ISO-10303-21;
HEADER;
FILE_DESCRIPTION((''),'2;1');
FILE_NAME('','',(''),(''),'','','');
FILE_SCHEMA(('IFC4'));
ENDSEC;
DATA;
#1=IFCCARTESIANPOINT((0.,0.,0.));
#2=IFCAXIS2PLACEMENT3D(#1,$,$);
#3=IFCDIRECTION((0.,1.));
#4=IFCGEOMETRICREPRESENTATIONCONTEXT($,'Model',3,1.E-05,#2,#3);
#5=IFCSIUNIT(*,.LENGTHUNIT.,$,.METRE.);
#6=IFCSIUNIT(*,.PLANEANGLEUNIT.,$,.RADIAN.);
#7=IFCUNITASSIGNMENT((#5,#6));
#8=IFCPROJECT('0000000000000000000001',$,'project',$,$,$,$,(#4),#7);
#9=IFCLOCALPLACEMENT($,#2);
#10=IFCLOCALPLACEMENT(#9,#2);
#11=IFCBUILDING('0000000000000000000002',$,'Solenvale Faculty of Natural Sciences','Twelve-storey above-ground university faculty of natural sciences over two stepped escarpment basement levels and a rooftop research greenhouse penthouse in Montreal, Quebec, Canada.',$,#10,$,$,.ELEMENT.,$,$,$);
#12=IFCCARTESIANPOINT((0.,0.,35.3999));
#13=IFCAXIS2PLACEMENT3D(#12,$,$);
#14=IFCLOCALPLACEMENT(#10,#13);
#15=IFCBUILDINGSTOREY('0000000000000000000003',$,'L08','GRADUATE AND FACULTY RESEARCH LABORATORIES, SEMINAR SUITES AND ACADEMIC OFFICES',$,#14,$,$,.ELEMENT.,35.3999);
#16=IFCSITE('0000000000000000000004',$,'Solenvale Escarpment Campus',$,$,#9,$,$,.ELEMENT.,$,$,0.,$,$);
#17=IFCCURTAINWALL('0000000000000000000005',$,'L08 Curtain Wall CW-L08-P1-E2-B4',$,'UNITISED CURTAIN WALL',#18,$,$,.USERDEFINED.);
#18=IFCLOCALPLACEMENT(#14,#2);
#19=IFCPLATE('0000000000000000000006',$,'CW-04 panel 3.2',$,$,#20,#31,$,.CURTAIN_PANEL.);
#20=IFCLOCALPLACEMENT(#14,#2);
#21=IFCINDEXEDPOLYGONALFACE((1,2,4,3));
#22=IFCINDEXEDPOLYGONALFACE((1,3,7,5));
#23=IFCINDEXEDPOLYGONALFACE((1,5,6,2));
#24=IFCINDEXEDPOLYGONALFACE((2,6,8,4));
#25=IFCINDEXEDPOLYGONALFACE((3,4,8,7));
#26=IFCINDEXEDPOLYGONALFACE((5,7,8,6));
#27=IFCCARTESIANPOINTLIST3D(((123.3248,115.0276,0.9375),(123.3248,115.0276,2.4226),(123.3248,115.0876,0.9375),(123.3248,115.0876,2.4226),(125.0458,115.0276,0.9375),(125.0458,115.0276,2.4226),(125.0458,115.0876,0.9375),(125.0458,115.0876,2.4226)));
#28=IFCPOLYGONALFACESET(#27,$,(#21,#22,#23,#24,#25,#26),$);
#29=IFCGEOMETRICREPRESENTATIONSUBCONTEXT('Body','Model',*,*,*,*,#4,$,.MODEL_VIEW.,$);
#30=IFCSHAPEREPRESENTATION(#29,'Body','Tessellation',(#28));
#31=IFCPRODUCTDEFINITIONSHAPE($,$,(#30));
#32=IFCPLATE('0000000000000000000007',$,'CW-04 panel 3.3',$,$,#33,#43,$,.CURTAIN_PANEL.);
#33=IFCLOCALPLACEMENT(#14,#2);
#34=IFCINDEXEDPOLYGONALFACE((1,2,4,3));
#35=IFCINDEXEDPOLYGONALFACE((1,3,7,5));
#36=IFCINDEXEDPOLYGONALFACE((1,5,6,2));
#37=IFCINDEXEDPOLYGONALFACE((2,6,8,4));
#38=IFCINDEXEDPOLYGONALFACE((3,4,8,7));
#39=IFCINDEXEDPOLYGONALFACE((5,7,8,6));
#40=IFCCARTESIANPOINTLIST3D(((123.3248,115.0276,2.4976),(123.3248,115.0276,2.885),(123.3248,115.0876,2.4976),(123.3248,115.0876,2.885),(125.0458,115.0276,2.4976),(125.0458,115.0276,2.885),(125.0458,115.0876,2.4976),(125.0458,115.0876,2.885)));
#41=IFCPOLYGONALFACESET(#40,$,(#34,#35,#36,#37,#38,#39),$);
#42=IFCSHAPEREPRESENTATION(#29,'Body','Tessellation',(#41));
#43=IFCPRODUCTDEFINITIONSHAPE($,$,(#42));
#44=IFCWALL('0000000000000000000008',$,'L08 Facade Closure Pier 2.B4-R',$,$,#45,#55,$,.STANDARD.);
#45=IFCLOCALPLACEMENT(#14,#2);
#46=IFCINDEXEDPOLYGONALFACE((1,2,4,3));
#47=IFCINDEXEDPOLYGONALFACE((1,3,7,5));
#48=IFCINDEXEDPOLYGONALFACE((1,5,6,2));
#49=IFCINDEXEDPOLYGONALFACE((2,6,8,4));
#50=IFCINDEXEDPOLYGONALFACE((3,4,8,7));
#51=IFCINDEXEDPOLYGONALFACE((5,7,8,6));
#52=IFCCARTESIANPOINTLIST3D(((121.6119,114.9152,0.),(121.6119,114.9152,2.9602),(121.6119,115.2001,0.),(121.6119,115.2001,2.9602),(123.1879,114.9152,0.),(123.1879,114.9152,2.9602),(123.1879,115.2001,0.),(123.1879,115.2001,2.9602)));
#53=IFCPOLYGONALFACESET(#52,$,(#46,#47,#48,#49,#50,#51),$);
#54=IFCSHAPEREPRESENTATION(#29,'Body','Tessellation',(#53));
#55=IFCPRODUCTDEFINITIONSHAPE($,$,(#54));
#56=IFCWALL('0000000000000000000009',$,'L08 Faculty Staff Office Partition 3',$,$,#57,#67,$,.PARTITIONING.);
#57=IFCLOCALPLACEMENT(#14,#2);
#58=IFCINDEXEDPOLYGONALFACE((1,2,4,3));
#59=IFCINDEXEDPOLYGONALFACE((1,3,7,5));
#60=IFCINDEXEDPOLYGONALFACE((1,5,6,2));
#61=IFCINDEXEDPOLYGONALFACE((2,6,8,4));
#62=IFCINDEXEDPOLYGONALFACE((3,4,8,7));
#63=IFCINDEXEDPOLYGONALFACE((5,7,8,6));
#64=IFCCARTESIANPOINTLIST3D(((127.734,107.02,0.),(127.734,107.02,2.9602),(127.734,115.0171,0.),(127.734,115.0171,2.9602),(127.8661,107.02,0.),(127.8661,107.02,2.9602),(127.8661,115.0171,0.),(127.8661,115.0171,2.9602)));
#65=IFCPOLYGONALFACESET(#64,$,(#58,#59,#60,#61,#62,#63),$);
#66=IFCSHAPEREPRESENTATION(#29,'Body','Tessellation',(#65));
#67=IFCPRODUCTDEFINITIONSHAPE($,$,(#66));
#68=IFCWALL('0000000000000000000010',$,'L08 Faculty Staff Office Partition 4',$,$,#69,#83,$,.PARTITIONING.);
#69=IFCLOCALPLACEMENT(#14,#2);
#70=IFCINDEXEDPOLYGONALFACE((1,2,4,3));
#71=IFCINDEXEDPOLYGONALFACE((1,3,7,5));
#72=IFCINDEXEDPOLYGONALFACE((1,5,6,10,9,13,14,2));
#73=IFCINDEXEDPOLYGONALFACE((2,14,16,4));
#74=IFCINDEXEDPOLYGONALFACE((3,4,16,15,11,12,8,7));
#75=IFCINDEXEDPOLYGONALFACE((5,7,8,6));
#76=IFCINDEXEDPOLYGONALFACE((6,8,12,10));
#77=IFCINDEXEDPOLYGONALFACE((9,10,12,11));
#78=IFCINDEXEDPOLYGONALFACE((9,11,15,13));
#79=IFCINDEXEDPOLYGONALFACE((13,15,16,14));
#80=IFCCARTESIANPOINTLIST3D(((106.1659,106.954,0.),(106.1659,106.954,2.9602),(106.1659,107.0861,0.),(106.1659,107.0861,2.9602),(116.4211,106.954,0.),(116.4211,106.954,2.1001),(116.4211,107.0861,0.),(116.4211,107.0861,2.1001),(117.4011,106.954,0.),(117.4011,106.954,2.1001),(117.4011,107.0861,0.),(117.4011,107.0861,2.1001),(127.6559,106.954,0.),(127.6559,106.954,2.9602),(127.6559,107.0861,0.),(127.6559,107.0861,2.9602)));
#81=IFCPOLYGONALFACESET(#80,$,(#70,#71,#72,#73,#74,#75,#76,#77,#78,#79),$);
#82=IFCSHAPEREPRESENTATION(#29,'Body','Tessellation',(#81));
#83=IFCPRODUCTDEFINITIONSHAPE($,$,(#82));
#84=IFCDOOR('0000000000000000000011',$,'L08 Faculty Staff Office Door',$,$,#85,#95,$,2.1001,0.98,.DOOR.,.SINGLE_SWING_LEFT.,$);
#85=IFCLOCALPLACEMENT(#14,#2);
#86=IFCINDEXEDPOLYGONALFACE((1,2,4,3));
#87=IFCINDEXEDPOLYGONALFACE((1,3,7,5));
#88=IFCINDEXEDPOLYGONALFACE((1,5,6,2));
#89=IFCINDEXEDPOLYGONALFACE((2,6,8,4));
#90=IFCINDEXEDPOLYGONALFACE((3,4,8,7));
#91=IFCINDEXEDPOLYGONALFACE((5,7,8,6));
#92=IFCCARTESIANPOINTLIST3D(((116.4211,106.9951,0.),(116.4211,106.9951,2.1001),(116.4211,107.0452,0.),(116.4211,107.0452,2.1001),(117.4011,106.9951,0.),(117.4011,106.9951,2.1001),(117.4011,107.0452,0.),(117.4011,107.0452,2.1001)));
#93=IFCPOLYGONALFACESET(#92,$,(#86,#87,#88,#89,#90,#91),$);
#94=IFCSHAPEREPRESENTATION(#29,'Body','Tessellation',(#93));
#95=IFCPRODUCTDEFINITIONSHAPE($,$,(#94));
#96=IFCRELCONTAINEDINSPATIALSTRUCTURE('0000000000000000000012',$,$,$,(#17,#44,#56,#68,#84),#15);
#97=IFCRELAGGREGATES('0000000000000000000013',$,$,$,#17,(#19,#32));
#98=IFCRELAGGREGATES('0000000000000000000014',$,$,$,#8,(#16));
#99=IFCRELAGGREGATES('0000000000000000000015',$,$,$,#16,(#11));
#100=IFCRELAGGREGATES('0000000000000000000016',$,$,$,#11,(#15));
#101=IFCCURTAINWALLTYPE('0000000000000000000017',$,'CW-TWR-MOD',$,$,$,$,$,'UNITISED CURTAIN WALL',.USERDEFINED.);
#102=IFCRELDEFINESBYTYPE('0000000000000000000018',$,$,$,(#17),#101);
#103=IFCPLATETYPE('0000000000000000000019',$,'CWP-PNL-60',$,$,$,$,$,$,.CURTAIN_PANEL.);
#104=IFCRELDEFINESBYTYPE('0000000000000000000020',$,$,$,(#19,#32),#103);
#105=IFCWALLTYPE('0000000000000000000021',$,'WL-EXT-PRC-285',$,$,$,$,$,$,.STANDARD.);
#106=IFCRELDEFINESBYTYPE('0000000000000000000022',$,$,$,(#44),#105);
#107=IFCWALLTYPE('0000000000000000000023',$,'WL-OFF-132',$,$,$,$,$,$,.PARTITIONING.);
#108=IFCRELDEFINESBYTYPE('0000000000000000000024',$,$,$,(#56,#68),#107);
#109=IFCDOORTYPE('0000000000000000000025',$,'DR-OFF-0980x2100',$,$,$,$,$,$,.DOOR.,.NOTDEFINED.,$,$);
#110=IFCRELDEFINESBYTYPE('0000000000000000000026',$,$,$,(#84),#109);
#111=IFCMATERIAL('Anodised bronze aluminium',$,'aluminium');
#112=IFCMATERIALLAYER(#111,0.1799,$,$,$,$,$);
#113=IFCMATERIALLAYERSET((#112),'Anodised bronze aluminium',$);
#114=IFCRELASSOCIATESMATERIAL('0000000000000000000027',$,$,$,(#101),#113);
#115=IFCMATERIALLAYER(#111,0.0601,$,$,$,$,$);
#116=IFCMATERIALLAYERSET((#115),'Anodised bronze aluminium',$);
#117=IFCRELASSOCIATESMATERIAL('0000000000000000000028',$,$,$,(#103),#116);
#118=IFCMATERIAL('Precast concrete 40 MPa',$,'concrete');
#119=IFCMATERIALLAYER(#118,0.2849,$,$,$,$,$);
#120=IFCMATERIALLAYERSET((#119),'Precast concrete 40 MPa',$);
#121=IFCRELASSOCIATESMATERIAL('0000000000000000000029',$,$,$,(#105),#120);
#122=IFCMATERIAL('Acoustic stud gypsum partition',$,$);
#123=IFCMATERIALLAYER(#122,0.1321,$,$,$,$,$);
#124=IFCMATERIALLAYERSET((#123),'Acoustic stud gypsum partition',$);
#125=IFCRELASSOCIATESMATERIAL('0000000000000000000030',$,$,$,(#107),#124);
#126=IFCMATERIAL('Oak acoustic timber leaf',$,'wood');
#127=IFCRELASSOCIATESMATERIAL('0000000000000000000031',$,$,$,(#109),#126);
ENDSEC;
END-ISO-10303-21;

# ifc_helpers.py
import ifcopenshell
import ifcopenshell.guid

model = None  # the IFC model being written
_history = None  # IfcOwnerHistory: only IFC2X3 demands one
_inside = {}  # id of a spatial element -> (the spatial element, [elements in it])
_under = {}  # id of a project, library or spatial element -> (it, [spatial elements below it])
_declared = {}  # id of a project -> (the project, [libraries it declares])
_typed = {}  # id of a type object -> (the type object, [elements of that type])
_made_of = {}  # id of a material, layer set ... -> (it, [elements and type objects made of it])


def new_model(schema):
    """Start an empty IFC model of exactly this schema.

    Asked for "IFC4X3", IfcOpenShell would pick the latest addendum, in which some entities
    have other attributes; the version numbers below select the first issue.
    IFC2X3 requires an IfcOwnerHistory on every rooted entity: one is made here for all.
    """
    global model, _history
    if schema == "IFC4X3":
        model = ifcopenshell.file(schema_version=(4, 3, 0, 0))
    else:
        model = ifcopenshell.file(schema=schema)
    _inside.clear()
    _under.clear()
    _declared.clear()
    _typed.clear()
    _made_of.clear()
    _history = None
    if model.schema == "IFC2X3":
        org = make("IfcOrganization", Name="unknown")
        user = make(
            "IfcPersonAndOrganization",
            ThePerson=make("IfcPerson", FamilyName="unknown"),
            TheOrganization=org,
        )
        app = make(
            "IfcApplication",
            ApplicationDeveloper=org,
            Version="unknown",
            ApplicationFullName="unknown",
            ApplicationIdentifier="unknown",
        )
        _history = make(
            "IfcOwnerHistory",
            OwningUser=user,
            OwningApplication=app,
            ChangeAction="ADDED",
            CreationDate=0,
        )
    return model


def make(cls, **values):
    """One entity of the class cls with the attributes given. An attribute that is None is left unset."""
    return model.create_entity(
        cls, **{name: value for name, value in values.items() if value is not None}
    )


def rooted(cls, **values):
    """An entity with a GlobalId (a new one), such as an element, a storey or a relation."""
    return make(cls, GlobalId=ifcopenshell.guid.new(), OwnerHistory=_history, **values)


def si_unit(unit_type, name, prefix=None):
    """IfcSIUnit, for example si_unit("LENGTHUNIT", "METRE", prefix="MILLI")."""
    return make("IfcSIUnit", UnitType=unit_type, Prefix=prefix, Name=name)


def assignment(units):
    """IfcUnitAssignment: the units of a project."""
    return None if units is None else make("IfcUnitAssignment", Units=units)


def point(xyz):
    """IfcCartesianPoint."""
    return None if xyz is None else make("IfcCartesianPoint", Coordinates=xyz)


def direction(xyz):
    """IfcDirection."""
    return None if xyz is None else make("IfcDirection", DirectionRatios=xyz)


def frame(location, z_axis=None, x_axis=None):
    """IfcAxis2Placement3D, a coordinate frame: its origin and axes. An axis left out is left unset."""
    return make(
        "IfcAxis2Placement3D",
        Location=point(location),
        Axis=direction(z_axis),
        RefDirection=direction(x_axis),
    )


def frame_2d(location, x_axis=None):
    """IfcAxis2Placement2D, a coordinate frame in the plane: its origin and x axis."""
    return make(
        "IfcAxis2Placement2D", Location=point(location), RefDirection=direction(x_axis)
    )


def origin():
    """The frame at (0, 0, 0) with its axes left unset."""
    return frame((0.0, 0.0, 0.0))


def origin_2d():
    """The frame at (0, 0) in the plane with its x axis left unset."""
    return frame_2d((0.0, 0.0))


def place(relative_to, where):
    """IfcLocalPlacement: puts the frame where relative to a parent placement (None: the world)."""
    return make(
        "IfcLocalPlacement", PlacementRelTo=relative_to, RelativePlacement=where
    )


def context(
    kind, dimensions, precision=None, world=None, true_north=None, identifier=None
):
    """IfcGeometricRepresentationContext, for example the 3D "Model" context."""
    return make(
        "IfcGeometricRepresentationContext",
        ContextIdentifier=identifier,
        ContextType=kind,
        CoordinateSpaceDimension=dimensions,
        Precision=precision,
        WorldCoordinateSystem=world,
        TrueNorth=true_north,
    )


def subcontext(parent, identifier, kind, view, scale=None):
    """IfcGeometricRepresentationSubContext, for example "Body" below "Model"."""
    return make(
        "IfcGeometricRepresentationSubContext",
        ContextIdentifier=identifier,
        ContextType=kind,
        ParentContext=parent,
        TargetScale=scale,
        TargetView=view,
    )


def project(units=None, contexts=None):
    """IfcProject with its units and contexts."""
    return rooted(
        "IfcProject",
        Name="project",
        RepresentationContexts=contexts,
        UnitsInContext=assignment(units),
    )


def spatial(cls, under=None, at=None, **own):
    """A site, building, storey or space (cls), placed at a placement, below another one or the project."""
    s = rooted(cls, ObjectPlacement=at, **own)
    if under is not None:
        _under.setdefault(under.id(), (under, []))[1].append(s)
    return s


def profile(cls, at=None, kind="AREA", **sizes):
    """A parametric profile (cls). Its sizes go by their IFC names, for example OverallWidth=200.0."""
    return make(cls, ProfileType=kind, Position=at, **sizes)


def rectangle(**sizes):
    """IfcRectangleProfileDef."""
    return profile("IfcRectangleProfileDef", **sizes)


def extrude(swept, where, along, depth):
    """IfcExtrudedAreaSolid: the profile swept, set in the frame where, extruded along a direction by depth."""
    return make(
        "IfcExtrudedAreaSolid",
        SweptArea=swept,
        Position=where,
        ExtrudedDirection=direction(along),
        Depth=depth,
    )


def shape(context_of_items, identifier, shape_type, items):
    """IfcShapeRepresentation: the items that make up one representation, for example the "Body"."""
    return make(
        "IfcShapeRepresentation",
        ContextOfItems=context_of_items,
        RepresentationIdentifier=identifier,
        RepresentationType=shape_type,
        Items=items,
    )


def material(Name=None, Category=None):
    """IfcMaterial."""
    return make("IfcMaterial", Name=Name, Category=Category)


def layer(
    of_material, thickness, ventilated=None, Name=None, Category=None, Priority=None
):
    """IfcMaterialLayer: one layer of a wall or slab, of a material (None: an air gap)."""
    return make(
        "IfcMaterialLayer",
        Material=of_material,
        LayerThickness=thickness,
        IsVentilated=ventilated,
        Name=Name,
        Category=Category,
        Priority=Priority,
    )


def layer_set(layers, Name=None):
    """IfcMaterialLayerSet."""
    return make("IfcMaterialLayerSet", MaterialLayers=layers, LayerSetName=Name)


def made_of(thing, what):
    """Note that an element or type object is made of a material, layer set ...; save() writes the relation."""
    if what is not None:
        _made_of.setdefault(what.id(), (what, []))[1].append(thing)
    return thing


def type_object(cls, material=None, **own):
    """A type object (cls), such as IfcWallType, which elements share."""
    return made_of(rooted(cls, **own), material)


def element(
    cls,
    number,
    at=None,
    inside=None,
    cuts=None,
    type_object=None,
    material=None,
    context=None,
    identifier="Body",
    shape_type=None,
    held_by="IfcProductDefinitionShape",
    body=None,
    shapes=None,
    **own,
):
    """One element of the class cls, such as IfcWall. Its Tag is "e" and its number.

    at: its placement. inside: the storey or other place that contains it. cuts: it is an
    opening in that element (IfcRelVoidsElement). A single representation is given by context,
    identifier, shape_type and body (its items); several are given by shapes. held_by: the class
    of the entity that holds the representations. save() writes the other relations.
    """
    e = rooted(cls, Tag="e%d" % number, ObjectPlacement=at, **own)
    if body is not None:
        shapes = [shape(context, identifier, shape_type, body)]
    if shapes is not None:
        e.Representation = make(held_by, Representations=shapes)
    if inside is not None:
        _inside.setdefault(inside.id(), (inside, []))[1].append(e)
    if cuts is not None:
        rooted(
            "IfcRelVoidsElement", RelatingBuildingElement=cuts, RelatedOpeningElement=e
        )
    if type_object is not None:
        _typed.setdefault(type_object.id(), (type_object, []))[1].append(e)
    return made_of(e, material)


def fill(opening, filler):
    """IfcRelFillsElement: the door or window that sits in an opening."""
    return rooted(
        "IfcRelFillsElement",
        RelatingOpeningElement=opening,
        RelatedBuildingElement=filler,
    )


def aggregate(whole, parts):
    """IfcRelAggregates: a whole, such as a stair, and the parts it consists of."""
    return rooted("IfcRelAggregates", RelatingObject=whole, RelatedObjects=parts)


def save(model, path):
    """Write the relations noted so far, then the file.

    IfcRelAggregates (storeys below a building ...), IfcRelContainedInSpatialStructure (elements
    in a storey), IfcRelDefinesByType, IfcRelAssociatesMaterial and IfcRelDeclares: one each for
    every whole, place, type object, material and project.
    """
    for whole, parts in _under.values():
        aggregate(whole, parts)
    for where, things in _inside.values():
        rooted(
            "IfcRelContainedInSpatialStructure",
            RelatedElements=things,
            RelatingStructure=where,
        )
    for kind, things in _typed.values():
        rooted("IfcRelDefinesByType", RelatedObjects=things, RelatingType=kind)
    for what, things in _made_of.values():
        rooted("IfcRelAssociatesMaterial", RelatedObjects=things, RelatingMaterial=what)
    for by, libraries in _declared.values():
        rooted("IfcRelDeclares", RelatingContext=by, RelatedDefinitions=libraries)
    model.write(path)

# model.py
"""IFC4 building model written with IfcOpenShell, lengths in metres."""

from ifc_helpers import new_model, si_unit, direction, frame, frame_2d, origin, origin_2d, place, context, subcontext, project, spatial, rectangle, extrude, material, layer, layer_set, type_object, element, fill, aggregate, save


model = new_model("IFC4")

# Units and contexts
model_context = context("Model", 3, precision=1e-05, world=origin(), true_north=direction((0.0, 1.0)))
body_context = subcontext(model_context, "Body", "Model", "MODEL_VIEW")
ifc_project = project(units=[si_unit("LENGTHUNIT", "METRE"), si_unit("PLANEANGLEUNIT", "RADIAN")], contexts=[model_context])

# Site, building, storey
site_placement = place(None, origin())
site = spatial("IfcSite", under=ifc_project, at=site_placement, Name="Solenvale Escarpment Campus", CompositionType="ELEMENT", RefElevation=0.0)
building_placement = place(site_placement, origin())
building = spatial("IfcBuilding", under=site, at=building_placement, Name="Solenvale Faculty of Natural Sciences", Description="Twelve-storey above-ground university faculty of natural sciences over two stepped escarpment basement levels and a rooftop research greenhouse penthouse in Montreal, Quebec, Canada.", CompositionType="ELEMENT")
storey_placement = place(building_placement, frame((0.0, 0.0, 35.3999)))
storey = spatial("IfcBuildingStorey", under=building, at=storey_placement, Name="L08", Description="GRADUATE AND FACULTY RESEARCH LABORATORIES, SEMINAR SUITES AND ACADEMIC OFFICES", CompositionType="ELEMENT", Elevation=35.3999)

# Curtain wall
ifc_material_1 = material(Name="Anodised bronze aluminium", Category="aluminium")
ifc_layer_1 = layer(ifc_material_1, 0.1799)
ifc_layer_set_1 = layer_set([ifc_layer_1], Name="Anodised bronze aluminium")
curtain_wall_type = type_object("IfcCurtainWallType", Name="CW-TWR-MOD", ElementType="UNITISED CURTAIN WALL", PredefinedType="USERDEFINED", material=ifc_layer_set_1)
curtain_wall_1_placement = place(storey_placement, origin())
curtain_wall_1 = element("IfcCurtainWall", 1, at=curtain_wall_1_placement, inside=storey, type_object=curtain_wall_type, Name="L08 Curtain Wall CW-L08-P1-E2-B4", ObjectType="UNITISED CURTAIN WALL", PredefinedType="USERDEFINED")

# Plates
ifc_layer_2 = layer(ifc_material_1, 0.0601)
ifc_layer_set_2 = layer_set([ifc_layer_2], Name="Anodised bronze aluminium")
plate_type = type_object("IfcPlateType", Name="CWP-PNL-60", PredefinedType="CURTAIN_PANEL", material=ifc_layer_set_2)
plate_1_placement = place(storey_placement, frame((124.1853, 115.0576, 0.9375), z_axis=(0.0, 0.0, 1.0), x_axis=(-1.0, 0.0, 0.0)))
plate_1 = element("IfcPlate", 2, at=plate_1_placement, type_object=plate_type, Name="CW-04 panel 3.2", PredefinedType="CURTAIN_PANEL", context=body_context, shape_type="SweptSolid", body=[
    extrude(rectangle(XDim=1.7209, YDim=0.0601, at=origin_2d()), origin(), (0.0, 0.0, 1.0), 1.4851),
])
plate_2_placement = place(storey_placement, frame((124.1853, 115.0576, 2.4976), z_axis=(0.0, 0.0, 1.0), x_axis=(-1.0, 0.0, 0.0)))
plate_2 = element("IfcPlate", 3, at=plate_2_placement, type_object=plate_type, Name="CW-04 panel 3.3", PredefinedType="CURTAIN_PANEL", context=body_context, shape_type="SweptSolid", body=[
    extrude(rectangle(XDim=1.7209, YDim=0.0601, at=origin_2d()), origin(), (0.0, 0.0, 1.0), 0.3875),
])
aggregate(curtain_wall_1, [plate_1, plate_2])

# Walls
ifc_material_2 = material(Name="Precast concrete 40 MPa", Category="concrete")
ifc_layer_3 = layer(ifc_material_2, 0.2849)
ifc_layer_set_3 = layer_set([ifc_layer_3], Name="Precast concrete 40 MPa")
wall_type_1 = type_object("IfcWallType", Name="WL-EXT-PRC-285", PredefinedType="STANDARD", material=ifc_layer_set_3)
wall_1_placement = place(storey_placement, frame((123.188, 115.0576, 0.0), z_axis=(0.0, 0.0, 1.0), x_axis=(-1.0, 0.0, 0.0)))
element("IfcWall", 4, at=wall_1_placement, inside=storey, type_object=wall_type_1, Name="L08 Facade Closure Pier 2.B4-R", PredefinedType="STANDARD", context=body_context, shape_type="SweptSolid", body=[
    extrude(rectangle(XDim=1.5759, YDim=0.2849, at=frame_2d((0.7881, 0.0))), origin(), (0.0, 0.0, 1.0), 2.9602),
])
ifc_material_3 = material(Name="Acoustic stud gypsum partition")
ifc_layer_4 = layer(ifc_material_3, 0.1321)
ifc_layer_set_4 = layer_set([ifc_layer_4], Name="Acoustic stud gypsum partition")
wall_type_2 = type_object("IfcWallType", Name="WL-OFF-132", PredefinedType="PARTITIONING", material=ifc_layer_set_4)
wall_2_placement = place(storey_placement, frame((127.8, 115.0171, 0.0), z_axis=(0.0, 0.0, 1.0), x_axis=(0.0, -1.0, 0.0)))
element("IfcWall", 5, at=wall_2_placement, inside=storey, type_object=wall_type_2, Name="L08 Faculty Staff Office Partition 3", PredefinedType="PARTITIONING", context=body_context, shape_type="SweptSolid", body=[
    extrude(rectangle(XDim=7.9971, YDim=0.1321, at=frame_2d((3.9985, 0.0))), origin(), (0.0, 0.0, 1.0), 2.9602),
])

# Wall, opening, door
wall_3_placement = place(storey_placement, frame((127.656, 107.02, 0.0), z_axis=(0.0, 0.0, 1.0), x_axis=(-1.0, 0.0, 0.0)))
wall_3 = element("IfcWall", 6, at=wall_3_placement, inside=storey, type_object=wall_type_2, Name="L08 Faculty Staff Office Partition 4", PredefinedType="PARTITIONING", context=body_context, shape_type="SweptSolid", body=[
    extrude(rectangle(XDim=21.49, YDim=0.1321, at=frame_2d((10.7451, 0.0))), origin(), (0.0, 0.0, 1.0), 2.9602),
])
opening_placement = place(wall_3_placement, frame((10.2549, 0.0, 0.0)))
opening = element("IfcOpeningElement", 7, at=opening_placement, cuts=wall_3, PredefinedType="OPENING", context=body_context, shape_type="SweptSolid", body=[
    extrude(rectangle(XDim=0.98, YDim=2.1001, at=frame_2d((0.49, 1.05))), frame((0.0, 0.0759, 0.0), z_axis=(0.0, -1.0, 0.0), x_axis=(1.0, 0.0, 0.0)), (0.0, 0.0, 1.0), 0.1521),
])
ifc_material_4 = material(Name="Oak acoustic timber leaf", Category="wood")
door_type = type_object("IfcDoorType", Name="DR-OFF-0980x2100", OperationType="NOTDEFINED", PredefinedType="DOOR", material=ifc_material_4)
door_placement = place(opening_placement, origin())
door = element("IfcDoor", 8, at=door_placement, inside=storey, type_object=door_type, Name="L08 Faculty Staff Office Door", OperationType="SINGLE_SWING_LEFT", OverallHeight=2.1001, OverallWidth=0.98, PredefinedType="DOOR", context=body_context, shape_type="SweptSolid", body=[
    extrude(rectangle(XDim=0.98, YDim=2.1001, at=frame_2d((0.49, 1.05))), frame((0.0, 0.0249, 0.0), z_axis=(0.0, -1.0, 0.0), x_axis=(1.0, 0.0, 0.0)), (0.0, 0.0, 1.0), 0.05),
])
fill(opening, door)

save(model, "model.ifc")
